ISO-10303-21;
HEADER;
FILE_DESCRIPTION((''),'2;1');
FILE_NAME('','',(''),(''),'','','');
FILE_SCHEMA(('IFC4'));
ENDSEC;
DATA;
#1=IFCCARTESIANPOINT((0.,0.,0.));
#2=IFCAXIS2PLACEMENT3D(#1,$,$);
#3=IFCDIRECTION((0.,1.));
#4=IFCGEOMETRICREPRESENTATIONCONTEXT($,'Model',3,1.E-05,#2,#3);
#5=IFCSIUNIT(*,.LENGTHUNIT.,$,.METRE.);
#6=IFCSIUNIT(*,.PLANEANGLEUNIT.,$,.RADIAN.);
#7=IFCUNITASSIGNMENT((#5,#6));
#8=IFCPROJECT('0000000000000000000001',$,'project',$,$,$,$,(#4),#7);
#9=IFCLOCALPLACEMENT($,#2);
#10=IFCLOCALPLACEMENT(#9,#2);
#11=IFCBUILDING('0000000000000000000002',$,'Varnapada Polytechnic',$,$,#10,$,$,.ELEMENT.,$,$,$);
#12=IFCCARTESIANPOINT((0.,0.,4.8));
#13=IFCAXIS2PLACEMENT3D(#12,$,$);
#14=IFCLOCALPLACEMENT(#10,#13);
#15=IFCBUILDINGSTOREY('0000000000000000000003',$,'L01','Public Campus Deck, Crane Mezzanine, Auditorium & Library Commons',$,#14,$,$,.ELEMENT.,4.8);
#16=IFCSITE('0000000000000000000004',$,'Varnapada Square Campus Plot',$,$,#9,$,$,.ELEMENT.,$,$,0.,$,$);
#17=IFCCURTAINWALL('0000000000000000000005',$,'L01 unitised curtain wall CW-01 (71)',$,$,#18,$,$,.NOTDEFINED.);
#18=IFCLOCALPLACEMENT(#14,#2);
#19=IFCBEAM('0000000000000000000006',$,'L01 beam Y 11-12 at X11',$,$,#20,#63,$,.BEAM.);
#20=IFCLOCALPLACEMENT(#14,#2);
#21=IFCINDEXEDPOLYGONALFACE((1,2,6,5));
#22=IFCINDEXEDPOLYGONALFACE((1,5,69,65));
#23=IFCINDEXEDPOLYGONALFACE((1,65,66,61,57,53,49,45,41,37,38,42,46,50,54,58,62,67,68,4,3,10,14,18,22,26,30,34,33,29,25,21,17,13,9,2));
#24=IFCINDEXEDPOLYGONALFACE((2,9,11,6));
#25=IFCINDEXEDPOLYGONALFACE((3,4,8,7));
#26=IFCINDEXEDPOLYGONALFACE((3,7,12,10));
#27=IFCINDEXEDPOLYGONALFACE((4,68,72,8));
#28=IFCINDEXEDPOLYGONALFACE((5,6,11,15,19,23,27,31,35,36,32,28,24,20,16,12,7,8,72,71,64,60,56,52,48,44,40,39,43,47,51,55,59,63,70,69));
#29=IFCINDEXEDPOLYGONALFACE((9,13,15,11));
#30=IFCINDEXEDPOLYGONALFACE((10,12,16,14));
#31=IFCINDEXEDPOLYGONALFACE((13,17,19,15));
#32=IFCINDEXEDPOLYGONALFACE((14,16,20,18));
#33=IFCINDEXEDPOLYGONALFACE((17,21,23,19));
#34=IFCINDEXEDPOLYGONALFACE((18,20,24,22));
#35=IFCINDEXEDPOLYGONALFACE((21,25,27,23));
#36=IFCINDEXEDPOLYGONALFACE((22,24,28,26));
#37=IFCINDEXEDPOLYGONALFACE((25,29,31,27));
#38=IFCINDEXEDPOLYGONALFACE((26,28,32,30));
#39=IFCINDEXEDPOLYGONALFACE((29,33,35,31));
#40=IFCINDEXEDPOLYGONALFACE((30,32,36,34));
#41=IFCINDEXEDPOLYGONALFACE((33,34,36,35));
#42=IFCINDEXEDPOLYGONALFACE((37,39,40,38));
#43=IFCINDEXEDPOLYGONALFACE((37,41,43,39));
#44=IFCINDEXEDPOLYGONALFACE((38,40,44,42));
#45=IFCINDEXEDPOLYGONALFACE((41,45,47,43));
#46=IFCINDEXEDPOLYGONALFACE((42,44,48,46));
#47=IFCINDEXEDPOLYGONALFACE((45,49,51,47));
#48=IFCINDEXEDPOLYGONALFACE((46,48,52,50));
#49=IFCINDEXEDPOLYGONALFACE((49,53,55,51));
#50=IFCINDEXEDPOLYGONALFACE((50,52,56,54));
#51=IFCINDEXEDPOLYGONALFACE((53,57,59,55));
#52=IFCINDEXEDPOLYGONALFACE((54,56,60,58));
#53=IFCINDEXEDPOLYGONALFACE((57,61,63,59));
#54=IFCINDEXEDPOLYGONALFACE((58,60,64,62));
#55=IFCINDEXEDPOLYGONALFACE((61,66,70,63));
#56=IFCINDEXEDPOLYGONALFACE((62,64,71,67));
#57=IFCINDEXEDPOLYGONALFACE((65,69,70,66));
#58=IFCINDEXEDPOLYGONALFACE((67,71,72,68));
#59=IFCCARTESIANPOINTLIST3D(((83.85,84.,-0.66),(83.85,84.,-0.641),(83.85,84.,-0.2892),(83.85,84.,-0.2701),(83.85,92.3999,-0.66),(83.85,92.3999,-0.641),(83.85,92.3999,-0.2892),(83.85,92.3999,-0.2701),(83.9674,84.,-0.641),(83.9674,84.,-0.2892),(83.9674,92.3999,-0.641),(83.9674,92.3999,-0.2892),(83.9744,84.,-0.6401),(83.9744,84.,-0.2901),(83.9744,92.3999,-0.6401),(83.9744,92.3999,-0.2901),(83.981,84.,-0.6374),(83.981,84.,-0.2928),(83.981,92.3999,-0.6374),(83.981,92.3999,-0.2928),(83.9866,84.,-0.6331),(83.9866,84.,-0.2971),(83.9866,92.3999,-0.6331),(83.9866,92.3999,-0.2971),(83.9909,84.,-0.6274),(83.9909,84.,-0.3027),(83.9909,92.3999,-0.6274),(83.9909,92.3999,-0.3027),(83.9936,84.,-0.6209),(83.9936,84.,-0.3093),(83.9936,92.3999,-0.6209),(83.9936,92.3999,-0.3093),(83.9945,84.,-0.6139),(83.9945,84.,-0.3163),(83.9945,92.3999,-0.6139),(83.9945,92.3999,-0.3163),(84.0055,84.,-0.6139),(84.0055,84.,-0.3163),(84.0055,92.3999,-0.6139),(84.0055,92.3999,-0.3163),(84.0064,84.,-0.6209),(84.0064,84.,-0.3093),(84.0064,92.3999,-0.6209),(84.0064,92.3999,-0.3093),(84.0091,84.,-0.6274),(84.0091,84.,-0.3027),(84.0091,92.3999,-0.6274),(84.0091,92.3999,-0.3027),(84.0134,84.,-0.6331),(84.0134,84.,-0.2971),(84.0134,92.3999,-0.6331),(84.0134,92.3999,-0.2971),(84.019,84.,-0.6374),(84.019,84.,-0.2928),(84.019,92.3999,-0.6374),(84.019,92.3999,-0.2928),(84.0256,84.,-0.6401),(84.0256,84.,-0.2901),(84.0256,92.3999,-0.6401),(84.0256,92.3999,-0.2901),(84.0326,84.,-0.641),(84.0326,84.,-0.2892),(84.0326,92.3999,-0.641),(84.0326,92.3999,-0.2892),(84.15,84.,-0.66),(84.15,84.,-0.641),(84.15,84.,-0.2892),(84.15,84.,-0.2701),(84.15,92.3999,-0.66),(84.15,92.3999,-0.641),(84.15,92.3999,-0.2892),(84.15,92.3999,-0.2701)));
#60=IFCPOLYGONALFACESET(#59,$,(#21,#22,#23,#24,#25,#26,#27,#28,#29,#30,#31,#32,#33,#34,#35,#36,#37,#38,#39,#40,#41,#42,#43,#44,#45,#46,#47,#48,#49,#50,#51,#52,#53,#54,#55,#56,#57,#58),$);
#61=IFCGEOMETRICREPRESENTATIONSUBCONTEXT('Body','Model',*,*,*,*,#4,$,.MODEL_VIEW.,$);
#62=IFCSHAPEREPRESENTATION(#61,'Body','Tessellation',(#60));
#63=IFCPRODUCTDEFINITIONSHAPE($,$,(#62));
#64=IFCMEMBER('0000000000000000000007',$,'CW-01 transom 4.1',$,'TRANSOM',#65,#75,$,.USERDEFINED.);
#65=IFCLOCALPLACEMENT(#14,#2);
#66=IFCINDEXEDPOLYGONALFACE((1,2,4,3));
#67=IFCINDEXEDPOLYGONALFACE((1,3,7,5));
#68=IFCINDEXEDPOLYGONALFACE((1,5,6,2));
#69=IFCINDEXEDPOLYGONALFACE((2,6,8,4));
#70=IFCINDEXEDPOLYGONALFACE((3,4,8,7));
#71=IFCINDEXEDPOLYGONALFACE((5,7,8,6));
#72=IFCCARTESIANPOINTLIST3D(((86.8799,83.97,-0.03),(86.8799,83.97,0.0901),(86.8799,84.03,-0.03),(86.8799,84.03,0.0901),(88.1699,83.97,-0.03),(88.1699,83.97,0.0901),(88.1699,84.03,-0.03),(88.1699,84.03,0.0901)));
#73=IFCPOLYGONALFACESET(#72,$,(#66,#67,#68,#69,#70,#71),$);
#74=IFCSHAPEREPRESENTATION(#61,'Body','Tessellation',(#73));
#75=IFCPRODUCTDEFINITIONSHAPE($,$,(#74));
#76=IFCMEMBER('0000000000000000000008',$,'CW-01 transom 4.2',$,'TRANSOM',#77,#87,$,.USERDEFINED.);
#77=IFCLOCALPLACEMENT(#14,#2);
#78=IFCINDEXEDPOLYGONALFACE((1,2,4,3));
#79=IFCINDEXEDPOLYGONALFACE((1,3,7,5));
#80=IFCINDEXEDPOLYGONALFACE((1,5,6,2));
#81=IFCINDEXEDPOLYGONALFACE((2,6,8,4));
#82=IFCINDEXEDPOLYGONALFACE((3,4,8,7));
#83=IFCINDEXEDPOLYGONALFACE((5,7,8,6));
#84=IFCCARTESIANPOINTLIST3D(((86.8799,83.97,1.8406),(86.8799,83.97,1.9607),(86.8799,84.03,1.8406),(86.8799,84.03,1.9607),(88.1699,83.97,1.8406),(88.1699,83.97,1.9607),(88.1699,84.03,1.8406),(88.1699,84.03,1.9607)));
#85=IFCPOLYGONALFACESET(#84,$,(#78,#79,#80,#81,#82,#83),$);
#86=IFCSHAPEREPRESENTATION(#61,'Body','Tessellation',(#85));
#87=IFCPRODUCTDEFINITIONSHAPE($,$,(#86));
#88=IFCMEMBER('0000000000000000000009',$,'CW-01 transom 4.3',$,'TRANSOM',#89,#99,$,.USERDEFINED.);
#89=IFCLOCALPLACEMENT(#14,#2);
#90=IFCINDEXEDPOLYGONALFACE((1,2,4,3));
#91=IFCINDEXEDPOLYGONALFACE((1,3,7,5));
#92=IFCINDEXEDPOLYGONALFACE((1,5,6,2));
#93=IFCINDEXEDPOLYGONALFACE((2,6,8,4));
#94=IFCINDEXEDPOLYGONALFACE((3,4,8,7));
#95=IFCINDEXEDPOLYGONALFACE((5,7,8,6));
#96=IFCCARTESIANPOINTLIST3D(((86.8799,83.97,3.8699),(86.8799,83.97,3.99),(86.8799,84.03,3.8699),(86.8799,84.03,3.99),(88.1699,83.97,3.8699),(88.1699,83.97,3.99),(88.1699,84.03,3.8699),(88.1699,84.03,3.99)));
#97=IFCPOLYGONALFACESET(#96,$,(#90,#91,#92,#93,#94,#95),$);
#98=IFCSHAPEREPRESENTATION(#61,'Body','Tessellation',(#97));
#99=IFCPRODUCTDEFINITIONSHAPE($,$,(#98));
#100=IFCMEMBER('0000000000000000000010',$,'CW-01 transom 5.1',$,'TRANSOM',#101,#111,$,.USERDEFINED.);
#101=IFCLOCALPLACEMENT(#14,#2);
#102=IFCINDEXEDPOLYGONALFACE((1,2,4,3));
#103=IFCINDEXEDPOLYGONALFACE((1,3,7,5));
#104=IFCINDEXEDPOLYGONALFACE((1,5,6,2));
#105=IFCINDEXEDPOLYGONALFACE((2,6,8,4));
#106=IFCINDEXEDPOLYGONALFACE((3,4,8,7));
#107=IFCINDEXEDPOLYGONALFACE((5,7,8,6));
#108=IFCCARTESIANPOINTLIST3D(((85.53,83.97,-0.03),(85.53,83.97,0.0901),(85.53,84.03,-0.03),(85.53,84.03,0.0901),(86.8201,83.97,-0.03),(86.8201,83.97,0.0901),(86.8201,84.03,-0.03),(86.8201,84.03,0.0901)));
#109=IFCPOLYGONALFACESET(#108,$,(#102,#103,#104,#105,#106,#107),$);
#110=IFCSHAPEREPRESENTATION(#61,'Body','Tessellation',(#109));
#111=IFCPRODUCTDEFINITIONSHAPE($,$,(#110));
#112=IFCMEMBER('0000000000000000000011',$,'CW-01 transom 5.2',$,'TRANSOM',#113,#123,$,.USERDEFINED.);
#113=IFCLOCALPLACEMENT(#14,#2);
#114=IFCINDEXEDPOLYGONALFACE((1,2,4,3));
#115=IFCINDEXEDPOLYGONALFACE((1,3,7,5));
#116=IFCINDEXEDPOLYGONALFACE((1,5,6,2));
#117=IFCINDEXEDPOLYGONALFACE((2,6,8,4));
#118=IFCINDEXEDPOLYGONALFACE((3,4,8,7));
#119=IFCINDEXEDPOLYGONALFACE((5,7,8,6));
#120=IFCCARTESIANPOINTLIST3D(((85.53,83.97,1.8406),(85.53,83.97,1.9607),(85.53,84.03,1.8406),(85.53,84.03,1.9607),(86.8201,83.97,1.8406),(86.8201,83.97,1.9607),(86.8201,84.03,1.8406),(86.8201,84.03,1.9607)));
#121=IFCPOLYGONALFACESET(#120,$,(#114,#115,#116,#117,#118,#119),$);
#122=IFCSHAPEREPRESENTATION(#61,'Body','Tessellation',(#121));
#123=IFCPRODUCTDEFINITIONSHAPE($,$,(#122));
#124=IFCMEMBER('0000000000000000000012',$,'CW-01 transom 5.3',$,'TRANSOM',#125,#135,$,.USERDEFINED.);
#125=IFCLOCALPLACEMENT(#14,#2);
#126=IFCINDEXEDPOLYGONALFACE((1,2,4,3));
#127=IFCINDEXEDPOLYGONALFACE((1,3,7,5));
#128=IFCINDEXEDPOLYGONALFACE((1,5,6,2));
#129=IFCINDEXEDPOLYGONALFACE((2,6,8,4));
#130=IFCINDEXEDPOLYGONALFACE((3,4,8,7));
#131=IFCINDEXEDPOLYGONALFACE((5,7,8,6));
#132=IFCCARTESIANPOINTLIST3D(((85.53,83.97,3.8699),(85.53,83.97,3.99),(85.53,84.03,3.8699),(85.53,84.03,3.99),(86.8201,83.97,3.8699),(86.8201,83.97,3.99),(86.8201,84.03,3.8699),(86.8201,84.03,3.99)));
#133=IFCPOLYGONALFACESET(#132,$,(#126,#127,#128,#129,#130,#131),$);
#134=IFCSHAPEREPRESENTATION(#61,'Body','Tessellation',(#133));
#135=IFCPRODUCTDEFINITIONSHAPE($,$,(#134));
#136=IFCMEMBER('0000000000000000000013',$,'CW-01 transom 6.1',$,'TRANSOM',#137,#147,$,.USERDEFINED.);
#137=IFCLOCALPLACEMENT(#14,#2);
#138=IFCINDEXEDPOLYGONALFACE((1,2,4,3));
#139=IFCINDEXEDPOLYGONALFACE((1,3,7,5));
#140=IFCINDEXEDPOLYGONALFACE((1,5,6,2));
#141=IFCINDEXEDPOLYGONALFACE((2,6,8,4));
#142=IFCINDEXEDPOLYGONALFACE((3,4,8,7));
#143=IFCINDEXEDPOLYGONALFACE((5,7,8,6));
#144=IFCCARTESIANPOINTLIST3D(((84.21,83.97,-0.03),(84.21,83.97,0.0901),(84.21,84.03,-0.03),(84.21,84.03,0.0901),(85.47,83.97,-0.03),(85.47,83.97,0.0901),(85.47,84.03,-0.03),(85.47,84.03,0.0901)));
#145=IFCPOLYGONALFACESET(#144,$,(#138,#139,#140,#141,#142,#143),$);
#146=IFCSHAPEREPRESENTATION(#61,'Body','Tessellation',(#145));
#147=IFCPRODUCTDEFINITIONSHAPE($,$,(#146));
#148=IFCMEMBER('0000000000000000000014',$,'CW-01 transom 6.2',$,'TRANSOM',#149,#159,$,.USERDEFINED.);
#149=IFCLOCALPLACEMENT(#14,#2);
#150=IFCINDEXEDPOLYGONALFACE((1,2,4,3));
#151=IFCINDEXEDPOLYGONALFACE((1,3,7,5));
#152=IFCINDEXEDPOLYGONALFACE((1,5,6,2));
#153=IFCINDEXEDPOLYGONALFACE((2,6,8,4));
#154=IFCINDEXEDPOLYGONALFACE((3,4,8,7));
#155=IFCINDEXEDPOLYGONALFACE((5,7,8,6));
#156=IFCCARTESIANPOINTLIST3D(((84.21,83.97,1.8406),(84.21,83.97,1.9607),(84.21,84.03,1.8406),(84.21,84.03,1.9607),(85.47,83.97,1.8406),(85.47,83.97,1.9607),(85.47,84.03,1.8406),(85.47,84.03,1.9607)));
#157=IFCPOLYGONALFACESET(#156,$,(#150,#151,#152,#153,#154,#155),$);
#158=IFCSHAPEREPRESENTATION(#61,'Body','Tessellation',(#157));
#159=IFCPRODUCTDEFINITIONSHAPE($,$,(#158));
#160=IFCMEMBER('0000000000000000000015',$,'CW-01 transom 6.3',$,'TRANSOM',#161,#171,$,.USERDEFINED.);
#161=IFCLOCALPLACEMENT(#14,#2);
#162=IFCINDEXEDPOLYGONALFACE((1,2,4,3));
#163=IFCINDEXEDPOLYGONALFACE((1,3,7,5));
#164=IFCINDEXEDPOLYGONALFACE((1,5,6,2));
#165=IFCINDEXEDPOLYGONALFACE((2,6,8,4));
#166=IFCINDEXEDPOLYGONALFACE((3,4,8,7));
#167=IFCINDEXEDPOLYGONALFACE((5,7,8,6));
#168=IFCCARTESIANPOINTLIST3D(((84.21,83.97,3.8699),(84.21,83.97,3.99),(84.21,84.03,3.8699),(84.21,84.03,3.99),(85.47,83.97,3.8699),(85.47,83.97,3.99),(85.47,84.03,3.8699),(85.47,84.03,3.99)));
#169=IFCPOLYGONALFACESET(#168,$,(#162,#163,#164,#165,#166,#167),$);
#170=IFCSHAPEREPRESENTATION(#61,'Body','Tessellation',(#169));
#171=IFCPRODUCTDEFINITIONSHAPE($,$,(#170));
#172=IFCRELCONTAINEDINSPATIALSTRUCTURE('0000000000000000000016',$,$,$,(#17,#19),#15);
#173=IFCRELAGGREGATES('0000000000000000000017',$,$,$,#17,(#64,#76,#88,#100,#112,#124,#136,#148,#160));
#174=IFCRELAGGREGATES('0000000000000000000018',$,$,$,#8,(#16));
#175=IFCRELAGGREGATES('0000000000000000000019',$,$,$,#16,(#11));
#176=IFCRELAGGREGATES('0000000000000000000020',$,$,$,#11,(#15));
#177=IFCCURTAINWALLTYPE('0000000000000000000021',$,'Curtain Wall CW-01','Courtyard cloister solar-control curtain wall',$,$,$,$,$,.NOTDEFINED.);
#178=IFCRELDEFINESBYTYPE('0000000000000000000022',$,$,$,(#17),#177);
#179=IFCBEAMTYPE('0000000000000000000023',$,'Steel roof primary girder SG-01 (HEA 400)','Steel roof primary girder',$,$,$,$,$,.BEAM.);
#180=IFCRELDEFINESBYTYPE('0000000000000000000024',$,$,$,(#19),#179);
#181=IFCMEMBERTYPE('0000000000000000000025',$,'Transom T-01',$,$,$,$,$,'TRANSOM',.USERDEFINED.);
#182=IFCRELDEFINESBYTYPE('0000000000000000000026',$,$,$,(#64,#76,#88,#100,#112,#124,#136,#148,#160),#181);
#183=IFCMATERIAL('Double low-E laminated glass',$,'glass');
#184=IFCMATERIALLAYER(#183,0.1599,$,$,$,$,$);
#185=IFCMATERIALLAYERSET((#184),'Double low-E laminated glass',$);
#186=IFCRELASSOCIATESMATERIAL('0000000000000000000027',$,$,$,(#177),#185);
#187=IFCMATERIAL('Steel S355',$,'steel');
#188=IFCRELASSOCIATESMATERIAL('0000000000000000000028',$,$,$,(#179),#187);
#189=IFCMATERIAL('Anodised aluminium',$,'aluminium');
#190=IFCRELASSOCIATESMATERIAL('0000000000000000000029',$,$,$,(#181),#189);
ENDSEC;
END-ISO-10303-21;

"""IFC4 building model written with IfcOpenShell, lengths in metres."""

from ifc_helpers import new_model, si_unit, direction, frame, origin, origin_2d, place, context, subcontext, project, spatial, rectangle, i_section, extrude, material, layer, layer_set, material_profile, profile_set, type_object, element, aggregate, save


model = new_model("IFC4")

# Units and contexts
model_context = context("Model", 3, precision=1e-05, world=origin(), true_north=direction((0.0, 1.0)))
body_context = subcontext(model_context, "Body", "Model", "MODEL_VIEW")
ifc_project = project(units=[si_unit("LENGTHUNIT", "METRE"), si_unit("PLANEANGLEUNIT", "RADIAN")], contexts=[model_context])

# Site, building, storey
site_placement = place(None, origin())
site = spatial("IfcSite", under=ifc_project, at=site_placement, Name="Varnapada Square Campus Plot", CompositionType="ELEMENT", RefElevation=0.0)
building_placement = place(site_placement, origin())
building = spatial("IfcBuilding", under=site, at=building_placement, Name="Varnapada Polytechnic", CompositionType="ELEMENT")
storey_placement = place(building_placement, frame((0.0, 0.0, 4.8)))
storey = spatial("IfcBuildingStorey", under=building, at=storey_placement, Name="L01", Description="Public Campus Deck, Crane Mezzanine, Auditorium & Library Commons", CompositionType="ELEMENT", Elevation=4.8)

# Shared definitions
ifc_material_1 = material(Name="Steel S355", Category="steel")

# Curtain wall
ifc_material_2 = material(Name="Double low-E laminated glass", Category="glass")
ifc_layer_1 = layer(ifc_material_2, 0.1599)
ifc_layer_set_1 = layer_set([ifc_layer_1], Name="Double low-E laminated glass")
curtain_wall_type = type_object("IfcCurtainWallType", Name="Curtain Wall CW-01", Description="Courtyard cloister solar-control curtain wall", PredefinedType="NOTDEFINED", material=ifc_layer_set_1)
curtain_wall_placement = place(storey_placement, origin())
curtain_wall = element("IfcCurtainWall", 1, at=curtain_wall_placement, inside=storey, type_object=curtain_wall_type, Name="L01 unitised curtain wall CW-01 (71)", PredefinedType="NOTDEFINED")
ifc_material_3 = material(Name="Anodised aluminium", Category="aluminium")

# Beam
ifc_material_profile_1 = material_profile(ifc_material_1, i_section(OverallWidth=0.3, OverallDepth=0.3899, WebThickness=0.011, FlangeThickness=0.019, FilletRadius=0.0271, at=origin_2d()), Name="HEA 400")
ifc_profile_set_1 = profile_set([ifc_material_profile_1], Name="Steel S355")
beam_type_1 = type_object("IfcBeamType", Name="Steel roof primary girder SG-01 (HEA 400)", Description="Steel roof primary girder", PredefinedType="BEAM", material=ifc_profile_set_1)
beam_1_placement = place(storey_placement, frame((84.0, 84.0, -0.4651), z_axis=(0.0, 1.0, 0.0), x_axis=(-1.0, 0.0, 0.0)))
element("IfcBeam", 2, at=beam_1_placement, inside=storey, type_object=beam_type_1, Name="L01 beam Y 11-12 at X11", PredefinedType="BEAM", context=body_context, shape_type="SweptSolid", body=[
    extrude(i_section(OverallWidth=0.3, OverallDepth=0.3899, WebThickness=0.011, FlangeThickness=0.019, FilletRadius=0.0271, at=origin_2d()), origin(), (0.0, 0.0, 1.0), 8.3999),
])

# Members
ifc_material_profile_2 = material_profile(ifc_material_3, rectangle(XDim=0.0601, YDim=0.1201, at=origin_2d()), Name="ALU T60x120")
ifc_profile_set_2 = profile_set([ifc_material_profile_2], Name="Anodised aluminium")
member_type_1 = type_object("IfcMemberType", Name="Transom T-01", ElementType="TRANSOM", PredefinedType="USERDEFINED", material=ifc_profile_set_2)
member_1_placement = place(storey_placement, frame((88.1699, 84.0, 0.03), z_axis=(-1.0, 0.0, 0.0), x_axis=(0.0, -1.0, 0.0)))
member_1 = element("IfcMember", 3, at=member_1_placement, type_object=member_type_1, Name="CW-01 transom 4.1", ObjectType="TRANSOM", PredefinedType="USERDEFINED", context=body_context, shape_type="SweptSolid", body=[
    extrude(rectangle(XDim=0.0601, YDim=0.1201, at=origin_2d()), origin(), (0.0, 0.0, 1.0), 1.29),
])
member_2_placement = place(storey_placement, frame((88.1699, 84.0, 1.9006), z_axis=(-1.0, 0.0, 0.0), x_axis=(0.0, -1.0, 0.0)))
member_2 = element("IfcMember", 4, at=member_2_placement, type_object=member_type_1, Name="CW-01 transom 4.2", ObjectType="TRANSOM", PredefinedType="USERDEFINED", context=body_context, shape_type="SweptSolid", body=[
    extrude(rectangle(XDim=0.0601, YDim=0.1201, at=origin_2d()), origin(), (0.0, 0.0, 1.0), 1.29),
])
member_3_placement = place(storey_placement, frame((88.1699, 84.0, 3.9299), z_axis=(-1.0, 0.0, 0.0), x_axis=(0.0, -1.0, 0.0)))
member_3 = element("IfcMember", 5, at=member_3_placement, type_object=member_type_1, Name="CW-01 transom 4.3", ObjectType="TRANSOM", PredefinedType="USERDEFINED", context=body_context, shape_type="SweptSolid", body=[
    extrude(rectangle(XDim=0.0601, YDim=0.1201, at=origin_2d()), origin(), (0.0, 0.0, 1.0), 1.29),
])
member_4_placement = place(storey_placement, frame((86.8201, 84.0, 0.03), z_axis=(-1.0, 0.0, 0.0), x_axis=(0.0, -1.0, 0.0)))
member_4 = element("IfcMember", 6, at=member_4_placement, type_object=member_type_1, Name="CW-01 transom 5.1", ObjectType="TRANSOM", PredefinedType="USERDEFINED", context=body_context, shape_type="SweptSolid", body=[
    extrude(rectangle(XDim=0.0601, YDim=0.1201, at=origin_2d()), origin(), (0.0, 0.0, 1.0), 1.29),
])
member_5_placement = place(storey_placement, frame((86.8201, 84.0, 1.9006), z_axis=(-1.0, 0.0, 0.0), x_axis=(0.0, -1.0, 0.0)))
member_5 = element("IfcMember", 7, at=member_5_placement, type_object=member_type_1, Name="CW-01 transom 5.2", ObjectType="TRANSOM", PredefinedType="USERDEFINED", context=body_context, shape_type="SweptSolid", body=[
    extrude(rectangle(XDim=0.0601, YDim=0.1201, at=origin_2d()), origin(), (0.0, 0.0, 1.0), 1.29),
])
member_6_placement = place(storey_placement, frame((86.8201, 84.0, 3.9299), z_axis=(-1.0, 0.0, 0.0), x_axis=(0.0, -1.0, 0.0)))
member_6 = element("IfcMember", 8, at=member_6_placement, type_object=member_type_1, Name="CW-01 transom 5.3", ObjectType="TRANSOM", PredefinedType="USERDEFINED", context=body_context, shape_type="SweptSolid", body=[
    extrude(rectangle(XDim=0.0601, YDim=0.1201, at=origin_2d()), origin(), (0.0, 0.0, 1.0), 1.29),
])
member_7_placement = place(storey_placement, frame((85.47, 84.0, 0.03), z_axis=(-1.0, 0.0, 0.0), x_axis=(0.0, -1.0, 0.0)))
member_7 = element("IfcMember", 9, at=member_7_placement, type_object=member_type_1, Name="CW-01 transom 6.1", ObjectType="TRANSOM", PredefinedType="USERDEFINED", context=body_context, shape_type="SweptSolid", body=[
    extrude(rectangle(XDim=0.0601, YDim=0.1201, at=origin_2d()), origin(), (0.0, 0.0, 1.0), 1.26),
])
member_8_placement = place(storey_placement, frame((85.47, 84.0, 1.9006), z_axis=(-1.0, 0.0, 0.0), x_axis=(0.0, -1.0, 0.0)))
member_8 = element("IfcMember", 10, at=member_8_placement, type_object=member_type_1, Name="CW-01 transom 6.2", ObjectType="TRANSOM", PredefinedType="USERDEFINED", context=body_context, shape_type="SweptSolid", body=[
    extrude(rectangle(XDim=0.0601, YDim=0.1201, at=origin_2d()), origin(), (0.0, 0.0, 1.0), 1.26),
])
member_9_placement = place(storey_placement, frame((85.47, 84.0, 3.9299), z_axis=(-1.0, 0.0, 0.0), x_axis=(0.0, -1.0, 0.0)))
member_9 = element("IfcMember", 11, at=member_9_placement, type_object=member_type_1, Name="CW-01 transom 6.3", ObjectType="TRANSOM", PredefinedType="USERDEFINED", context=body_context, shape_type="SweptSolid", body=[
    extrude(rectangle(XDim=0.0601, YDim=0.1201, at=origin_2d()), origin(), (0.0, 0.0, 1.0), 1.26),
])

aggregate(curtain_wall, [member_1, member_2, member_3, member_4, member_5, member_6, member_7, member_8, member_9])

save(model, "model.ifc")
